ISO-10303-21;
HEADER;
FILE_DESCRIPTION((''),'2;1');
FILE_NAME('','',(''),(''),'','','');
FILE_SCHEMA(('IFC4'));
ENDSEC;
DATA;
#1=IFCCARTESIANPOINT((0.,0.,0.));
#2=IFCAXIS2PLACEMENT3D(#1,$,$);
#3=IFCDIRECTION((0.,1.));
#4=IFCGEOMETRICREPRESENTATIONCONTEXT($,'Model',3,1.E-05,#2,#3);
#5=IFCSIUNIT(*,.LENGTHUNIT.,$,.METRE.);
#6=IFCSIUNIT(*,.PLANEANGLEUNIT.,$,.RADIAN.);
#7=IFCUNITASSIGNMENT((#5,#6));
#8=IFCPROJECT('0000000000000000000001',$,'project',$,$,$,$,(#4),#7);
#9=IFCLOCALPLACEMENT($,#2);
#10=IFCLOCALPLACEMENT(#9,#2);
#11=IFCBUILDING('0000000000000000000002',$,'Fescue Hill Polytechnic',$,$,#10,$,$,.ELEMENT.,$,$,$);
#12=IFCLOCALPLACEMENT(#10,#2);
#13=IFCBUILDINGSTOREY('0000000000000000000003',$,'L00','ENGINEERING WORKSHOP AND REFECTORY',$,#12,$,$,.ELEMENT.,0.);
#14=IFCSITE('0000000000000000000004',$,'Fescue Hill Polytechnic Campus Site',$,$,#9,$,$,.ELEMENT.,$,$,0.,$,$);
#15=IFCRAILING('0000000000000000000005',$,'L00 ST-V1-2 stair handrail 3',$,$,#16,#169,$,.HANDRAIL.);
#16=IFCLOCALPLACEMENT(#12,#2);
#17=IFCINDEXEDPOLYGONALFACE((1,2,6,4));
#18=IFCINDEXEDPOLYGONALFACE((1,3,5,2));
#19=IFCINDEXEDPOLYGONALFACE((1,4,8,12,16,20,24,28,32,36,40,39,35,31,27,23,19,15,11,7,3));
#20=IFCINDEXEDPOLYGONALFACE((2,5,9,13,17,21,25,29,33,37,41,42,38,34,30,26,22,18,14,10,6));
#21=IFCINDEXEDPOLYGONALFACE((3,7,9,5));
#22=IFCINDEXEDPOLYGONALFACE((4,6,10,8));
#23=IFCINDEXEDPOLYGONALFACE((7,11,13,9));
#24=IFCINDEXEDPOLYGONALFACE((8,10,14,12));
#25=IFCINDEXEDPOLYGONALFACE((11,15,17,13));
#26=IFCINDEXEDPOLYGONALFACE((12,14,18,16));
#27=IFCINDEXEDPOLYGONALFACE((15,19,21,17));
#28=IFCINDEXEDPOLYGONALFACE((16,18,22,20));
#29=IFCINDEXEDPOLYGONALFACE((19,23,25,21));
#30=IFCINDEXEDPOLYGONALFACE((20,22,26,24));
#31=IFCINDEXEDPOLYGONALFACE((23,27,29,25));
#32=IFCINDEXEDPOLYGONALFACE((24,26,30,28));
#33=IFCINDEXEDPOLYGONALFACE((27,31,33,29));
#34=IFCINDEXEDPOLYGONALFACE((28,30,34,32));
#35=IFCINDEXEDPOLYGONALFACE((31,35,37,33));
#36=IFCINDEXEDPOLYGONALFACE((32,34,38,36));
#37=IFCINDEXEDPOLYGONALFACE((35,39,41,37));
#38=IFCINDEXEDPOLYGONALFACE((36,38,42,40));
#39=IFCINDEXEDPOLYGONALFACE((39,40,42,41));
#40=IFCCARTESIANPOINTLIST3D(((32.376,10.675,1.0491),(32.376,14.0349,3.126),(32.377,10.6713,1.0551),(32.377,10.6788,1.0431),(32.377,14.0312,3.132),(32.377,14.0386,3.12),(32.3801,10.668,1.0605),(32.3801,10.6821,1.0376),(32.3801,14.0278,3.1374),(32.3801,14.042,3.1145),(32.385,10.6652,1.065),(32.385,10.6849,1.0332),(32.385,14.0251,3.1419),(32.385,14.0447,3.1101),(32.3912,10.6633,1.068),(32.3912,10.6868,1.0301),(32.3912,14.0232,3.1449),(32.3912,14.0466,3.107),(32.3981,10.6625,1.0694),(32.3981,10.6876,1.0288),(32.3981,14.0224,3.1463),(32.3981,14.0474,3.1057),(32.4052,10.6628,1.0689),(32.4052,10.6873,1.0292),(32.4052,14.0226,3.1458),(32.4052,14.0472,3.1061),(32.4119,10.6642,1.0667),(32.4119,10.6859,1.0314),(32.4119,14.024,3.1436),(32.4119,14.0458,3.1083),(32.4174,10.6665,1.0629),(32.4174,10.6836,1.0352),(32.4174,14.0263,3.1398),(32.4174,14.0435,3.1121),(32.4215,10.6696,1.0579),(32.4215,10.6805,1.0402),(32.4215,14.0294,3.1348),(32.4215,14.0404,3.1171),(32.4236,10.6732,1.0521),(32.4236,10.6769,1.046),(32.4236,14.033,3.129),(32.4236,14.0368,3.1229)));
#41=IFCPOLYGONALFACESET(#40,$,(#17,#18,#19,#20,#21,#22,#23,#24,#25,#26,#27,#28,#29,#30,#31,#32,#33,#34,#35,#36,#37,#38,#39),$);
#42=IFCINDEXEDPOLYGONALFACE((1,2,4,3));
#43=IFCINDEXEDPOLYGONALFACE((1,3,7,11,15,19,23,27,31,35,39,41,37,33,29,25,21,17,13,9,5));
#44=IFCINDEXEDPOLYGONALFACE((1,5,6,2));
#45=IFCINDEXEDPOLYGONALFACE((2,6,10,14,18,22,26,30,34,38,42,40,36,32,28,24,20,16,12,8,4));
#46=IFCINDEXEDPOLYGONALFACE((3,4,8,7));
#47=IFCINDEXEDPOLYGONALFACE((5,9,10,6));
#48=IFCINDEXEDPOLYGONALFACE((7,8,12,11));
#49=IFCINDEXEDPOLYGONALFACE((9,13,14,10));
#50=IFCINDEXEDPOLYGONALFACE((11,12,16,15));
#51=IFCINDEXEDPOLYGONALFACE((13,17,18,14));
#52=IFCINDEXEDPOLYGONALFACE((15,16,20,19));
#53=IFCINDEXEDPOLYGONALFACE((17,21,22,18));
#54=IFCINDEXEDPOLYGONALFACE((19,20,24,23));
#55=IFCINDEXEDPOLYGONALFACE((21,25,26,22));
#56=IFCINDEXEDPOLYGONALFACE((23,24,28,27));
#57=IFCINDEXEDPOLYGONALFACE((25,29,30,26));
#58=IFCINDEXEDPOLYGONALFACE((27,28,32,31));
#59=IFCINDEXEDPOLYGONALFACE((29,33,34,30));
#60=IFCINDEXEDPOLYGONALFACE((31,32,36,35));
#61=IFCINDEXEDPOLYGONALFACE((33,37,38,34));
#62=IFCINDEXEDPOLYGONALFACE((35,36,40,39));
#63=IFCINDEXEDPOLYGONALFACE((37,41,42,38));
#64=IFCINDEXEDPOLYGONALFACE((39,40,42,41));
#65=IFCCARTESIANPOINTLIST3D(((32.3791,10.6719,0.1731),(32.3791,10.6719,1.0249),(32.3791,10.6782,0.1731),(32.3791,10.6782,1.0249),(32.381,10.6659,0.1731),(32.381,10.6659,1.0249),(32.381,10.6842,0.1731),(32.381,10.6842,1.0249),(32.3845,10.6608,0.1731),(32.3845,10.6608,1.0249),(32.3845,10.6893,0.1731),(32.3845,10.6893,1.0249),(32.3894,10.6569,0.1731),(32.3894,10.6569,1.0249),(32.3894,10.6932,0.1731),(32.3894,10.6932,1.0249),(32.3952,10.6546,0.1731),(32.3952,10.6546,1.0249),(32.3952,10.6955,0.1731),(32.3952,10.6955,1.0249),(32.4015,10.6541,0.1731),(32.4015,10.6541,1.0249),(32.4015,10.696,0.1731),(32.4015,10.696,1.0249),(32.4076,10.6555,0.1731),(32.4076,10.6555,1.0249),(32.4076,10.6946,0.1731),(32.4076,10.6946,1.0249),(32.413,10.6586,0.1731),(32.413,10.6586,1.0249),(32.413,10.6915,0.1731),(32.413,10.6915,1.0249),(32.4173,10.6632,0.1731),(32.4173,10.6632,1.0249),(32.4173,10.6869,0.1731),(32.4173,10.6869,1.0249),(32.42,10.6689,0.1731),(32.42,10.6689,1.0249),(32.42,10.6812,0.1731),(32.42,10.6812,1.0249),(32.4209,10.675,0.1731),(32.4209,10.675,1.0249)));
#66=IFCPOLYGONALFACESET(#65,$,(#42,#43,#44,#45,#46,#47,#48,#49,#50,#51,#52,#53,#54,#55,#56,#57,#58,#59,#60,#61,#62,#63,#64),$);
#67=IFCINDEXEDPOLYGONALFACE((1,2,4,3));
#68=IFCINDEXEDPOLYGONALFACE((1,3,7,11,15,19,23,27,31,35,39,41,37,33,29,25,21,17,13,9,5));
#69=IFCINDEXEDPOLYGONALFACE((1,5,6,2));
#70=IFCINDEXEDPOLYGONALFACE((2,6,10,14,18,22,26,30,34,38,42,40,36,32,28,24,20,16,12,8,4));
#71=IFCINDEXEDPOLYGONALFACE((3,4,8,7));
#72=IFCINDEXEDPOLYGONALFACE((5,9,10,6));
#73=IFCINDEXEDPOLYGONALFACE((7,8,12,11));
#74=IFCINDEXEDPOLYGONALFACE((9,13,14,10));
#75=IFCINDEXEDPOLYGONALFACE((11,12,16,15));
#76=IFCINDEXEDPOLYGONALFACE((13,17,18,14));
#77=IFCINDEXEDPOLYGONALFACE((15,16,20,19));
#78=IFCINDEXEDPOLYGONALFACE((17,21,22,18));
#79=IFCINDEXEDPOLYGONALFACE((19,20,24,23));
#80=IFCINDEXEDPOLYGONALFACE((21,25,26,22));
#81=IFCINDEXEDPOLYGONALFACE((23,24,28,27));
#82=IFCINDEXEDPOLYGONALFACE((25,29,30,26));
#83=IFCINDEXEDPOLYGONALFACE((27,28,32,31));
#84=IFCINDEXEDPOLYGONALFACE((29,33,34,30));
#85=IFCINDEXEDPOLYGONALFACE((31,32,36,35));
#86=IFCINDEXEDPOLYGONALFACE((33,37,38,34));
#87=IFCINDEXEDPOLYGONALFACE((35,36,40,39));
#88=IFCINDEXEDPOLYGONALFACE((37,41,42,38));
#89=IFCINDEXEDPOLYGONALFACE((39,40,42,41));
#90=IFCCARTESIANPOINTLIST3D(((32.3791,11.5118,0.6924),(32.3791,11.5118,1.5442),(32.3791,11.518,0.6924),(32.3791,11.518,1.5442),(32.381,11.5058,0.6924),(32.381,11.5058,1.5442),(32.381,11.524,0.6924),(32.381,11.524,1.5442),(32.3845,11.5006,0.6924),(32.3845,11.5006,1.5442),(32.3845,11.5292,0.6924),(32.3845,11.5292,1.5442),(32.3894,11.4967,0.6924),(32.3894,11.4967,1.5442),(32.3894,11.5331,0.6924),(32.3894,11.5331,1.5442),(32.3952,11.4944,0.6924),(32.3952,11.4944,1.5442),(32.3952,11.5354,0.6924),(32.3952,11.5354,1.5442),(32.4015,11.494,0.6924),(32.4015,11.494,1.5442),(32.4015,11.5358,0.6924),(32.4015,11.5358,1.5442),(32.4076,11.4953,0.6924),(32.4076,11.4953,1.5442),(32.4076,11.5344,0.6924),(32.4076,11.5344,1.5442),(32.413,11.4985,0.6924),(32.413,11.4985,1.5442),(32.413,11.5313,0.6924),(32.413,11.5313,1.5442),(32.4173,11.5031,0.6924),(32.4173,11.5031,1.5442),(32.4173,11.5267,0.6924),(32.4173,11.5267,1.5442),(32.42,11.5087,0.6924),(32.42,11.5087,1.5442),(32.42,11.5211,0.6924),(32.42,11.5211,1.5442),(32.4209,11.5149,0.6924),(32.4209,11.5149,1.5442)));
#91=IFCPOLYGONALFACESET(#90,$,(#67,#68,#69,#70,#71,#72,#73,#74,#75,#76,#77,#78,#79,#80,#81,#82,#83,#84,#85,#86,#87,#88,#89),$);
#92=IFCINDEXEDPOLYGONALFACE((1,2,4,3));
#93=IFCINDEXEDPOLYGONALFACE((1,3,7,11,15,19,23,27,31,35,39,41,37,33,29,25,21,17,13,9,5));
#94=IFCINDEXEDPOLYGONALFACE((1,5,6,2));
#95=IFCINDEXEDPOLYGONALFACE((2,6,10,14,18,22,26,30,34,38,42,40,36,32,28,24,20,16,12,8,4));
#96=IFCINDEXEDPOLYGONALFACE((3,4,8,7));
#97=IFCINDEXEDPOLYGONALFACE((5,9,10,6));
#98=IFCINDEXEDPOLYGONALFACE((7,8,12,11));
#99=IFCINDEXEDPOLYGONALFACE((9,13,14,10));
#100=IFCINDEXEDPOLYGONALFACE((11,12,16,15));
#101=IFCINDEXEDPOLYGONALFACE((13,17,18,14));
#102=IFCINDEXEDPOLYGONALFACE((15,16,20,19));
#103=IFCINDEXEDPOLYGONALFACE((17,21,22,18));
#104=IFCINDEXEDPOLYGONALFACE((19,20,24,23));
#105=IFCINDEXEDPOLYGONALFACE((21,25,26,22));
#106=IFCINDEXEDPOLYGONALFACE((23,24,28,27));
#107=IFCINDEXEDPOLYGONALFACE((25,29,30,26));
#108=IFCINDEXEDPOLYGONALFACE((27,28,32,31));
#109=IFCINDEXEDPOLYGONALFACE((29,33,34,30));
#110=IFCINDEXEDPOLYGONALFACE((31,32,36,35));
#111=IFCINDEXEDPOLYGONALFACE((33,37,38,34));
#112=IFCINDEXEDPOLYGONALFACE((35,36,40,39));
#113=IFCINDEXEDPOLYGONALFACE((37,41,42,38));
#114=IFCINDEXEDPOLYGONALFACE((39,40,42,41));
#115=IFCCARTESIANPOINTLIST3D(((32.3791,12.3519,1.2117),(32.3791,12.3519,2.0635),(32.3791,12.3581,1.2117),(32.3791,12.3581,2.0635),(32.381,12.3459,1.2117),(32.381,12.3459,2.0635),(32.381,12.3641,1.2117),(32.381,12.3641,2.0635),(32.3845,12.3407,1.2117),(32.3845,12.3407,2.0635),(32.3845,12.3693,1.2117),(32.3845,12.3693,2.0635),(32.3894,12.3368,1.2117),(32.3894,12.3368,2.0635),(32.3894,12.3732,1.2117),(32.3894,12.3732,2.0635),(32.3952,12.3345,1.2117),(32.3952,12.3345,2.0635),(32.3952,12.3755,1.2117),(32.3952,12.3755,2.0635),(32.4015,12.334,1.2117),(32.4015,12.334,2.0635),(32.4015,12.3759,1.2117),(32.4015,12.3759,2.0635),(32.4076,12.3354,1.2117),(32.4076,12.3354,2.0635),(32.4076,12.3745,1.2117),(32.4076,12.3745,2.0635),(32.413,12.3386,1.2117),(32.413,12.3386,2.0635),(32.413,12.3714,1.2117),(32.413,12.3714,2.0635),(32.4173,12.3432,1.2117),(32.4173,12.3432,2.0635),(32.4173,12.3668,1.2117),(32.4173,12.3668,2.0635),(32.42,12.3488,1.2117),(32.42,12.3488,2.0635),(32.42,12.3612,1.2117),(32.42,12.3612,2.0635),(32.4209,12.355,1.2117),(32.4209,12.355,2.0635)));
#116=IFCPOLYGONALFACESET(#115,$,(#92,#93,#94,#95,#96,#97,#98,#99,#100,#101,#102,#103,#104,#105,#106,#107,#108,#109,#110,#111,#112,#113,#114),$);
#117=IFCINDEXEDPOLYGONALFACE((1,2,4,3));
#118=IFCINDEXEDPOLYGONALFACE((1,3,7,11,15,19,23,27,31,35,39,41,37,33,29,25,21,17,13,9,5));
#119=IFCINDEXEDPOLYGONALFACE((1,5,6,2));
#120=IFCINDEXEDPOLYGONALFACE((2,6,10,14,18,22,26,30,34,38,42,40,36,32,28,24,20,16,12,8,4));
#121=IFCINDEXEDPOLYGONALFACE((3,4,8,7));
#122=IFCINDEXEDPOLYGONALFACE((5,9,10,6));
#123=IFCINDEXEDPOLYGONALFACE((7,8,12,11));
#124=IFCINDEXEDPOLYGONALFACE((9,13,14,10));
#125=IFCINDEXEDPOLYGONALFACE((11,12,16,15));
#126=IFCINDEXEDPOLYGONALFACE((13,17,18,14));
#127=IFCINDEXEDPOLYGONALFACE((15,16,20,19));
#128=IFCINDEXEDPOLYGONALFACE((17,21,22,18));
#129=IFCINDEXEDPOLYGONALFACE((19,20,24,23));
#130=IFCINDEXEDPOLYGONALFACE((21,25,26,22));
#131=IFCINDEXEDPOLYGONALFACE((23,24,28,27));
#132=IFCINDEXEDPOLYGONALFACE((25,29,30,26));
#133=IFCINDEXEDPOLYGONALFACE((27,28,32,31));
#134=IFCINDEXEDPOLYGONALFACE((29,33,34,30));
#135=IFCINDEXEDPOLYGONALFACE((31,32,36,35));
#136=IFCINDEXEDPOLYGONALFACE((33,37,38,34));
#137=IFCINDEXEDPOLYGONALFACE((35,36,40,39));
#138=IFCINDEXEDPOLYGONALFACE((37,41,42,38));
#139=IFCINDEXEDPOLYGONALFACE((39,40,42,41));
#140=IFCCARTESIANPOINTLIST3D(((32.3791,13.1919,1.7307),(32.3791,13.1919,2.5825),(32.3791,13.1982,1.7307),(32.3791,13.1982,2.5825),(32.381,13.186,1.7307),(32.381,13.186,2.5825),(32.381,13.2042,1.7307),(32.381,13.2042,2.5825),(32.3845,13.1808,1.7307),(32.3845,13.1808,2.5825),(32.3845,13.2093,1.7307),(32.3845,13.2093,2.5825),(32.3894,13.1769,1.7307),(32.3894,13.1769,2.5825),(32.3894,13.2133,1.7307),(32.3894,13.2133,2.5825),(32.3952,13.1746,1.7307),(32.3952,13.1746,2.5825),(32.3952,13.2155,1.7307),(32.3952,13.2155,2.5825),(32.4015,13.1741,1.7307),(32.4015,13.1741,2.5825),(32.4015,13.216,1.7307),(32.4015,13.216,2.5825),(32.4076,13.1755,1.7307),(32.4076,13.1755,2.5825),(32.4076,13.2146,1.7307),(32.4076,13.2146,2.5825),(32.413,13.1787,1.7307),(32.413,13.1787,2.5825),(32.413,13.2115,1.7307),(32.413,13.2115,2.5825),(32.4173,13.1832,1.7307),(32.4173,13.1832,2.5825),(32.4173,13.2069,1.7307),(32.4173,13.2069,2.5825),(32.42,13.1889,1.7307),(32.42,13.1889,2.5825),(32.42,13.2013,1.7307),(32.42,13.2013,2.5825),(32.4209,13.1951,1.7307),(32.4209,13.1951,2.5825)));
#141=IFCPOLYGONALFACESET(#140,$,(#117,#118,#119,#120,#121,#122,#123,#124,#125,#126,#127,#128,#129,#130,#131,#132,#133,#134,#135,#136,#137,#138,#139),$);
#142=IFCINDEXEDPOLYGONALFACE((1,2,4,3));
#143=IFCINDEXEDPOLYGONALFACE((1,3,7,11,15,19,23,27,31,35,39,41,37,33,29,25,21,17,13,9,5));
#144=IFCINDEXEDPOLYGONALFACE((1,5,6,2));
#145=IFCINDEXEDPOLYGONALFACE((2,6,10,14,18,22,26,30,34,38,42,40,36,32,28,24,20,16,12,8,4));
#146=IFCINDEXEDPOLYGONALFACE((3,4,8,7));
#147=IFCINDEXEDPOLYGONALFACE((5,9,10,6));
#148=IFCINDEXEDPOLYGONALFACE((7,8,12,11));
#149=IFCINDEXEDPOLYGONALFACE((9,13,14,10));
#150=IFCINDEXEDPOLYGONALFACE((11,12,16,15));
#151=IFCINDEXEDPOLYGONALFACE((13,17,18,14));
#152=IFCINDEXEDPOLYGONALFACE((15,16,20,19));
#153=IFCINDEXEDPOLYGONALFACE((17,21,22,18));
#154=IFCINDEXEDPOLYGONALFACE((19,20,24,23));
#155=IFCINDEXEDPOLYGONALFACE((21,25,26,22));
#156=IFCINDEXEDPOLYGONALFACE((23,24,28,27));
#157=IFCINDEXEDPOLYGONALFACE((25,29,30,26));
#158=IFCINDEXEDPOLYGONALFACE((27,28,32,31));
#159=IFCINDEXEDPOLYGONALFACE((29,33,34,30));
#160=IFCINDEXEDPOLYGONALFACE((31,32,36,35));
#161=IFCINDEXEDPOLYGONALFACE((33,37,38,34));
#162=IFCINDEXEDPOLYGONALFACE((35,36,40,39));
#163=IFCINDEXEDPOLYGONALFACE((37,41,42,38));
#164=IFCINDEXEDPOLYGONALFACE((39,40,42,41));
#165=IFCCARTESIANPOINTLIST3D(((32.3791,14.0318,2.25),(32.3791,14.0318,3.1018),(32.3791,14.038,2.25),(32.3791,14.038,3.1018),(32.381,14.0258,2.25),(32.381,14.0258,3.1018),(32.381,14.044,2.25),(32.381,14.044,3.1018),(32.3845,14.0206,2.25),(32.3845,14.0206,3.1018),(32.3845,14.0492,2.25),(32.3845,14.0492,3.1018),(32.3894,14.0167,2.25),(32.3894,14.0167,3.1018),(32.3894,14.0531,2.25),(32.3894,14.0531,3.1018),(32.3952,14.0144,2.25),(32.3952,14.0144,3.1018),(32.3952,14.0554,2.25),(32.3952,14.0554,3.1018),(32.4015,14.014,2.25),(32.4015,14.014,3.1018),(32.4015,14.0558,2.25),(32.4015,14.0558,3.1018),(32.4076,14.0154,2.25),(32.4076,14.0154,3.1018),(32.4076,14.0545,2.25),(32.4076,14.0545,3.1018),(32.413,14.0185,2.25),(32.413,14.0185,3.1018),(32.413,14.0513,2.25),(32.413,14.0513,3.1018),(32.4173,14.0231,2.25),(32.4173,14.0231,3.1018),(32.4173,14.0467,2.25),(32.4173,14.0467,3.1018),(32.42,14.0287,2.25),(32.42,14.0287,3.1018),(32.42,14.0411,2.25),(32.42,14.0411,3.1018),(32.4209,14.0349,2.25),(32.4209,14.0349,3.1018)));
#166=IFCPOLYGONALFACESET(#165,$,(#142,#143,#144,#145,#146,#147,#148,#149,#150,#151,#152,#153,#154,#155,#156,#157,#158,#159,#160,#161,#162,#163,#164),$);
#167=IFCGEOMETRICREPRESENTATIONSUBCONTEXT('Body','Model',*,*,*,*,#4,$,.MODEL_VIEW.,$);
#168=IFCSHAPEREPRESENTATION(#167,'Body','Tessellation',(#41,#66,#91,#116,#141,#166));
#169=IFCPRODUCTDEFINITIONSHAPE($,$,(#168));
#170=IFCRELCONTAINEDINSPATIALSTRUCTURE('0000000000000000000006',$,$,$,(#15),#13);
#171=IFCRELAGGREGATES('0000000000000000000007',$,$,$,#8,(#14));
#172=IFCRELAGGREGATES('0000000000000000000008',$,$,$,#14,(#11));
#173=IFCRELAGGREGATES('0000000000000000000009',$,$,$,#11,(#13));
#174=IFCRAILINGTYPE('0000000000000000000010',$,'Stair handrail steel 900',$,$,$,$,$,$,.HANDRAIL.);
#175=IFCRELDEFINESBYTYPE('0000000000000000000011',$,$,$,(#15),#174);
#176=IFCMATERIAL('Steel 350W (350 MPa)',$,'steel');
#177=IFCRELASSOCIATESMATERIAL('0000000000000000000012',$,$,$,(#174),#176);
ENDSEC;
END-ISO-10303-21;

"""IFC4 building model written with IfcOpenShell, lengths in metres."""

from ifc_helpers import new_model, si_unit, direction, frame, origin, origin_2d, place, context, subcontext, project, spatial, circle, extrude, material, type_object, element, save


model = new_model("IFC4")

# Units and contexts
model_context = context("Model", 3, precision=1e-05, world=origin(), true_north=direction((0.0, 1.0)))
body_context = subcontext(model_context, "Body", "Model", "MODEL_VIEW")
ifc_project = project(units=[si_unit("LENGTHUNIT", "METRE"), si_unit("PLANEANGLEUNIT", "RADIAN")], contexts=[model_context])

# Site, building, storey
site_placement = place(None, origin())
site = spatial("IfcSite", under=ifc_project, at=site_placement, Name="Fescue Hill Polytechnic Campus Site", CompositionType="ELEMENT", RefElevation=0.0)
building_placement = place(site_placement, origin())
building = spatial("IfcBuilding", under=site, at=building_placement, Name="Fescue Hill Polytechnic", CompositionType="ELEMENT")
storey_placement = place(building_placement, origin())
storey = spatial("IfcBuildingStorey", under=building, at=storey_placement, Name="L00", Description="ENGINEERING WORKSHOP AND REFECTORY", CompositionType="ELEMENT", Elevation=0.0)

# Railing
ifc_material_1 = material(Name="Steel 350W (350 MPa)", Category="steel")
railing_type_1 = type_object("IfcRailingType", Name="Stair handrail steel 900", PredefinedType="HANDRAIL", material=ifc_material_1)
railing_1_placement = place(storey_placement, frame((32.3999, 10.675, 0.1731)))
element("IfcRailing", 1, at=railing_1_placement, inside=storey, type_object=railing_type_1, Name="L00 ST-V1-2 stair handrail 3", PredefinedType="HANDRAIL", context=body_context, shape_type="SweptSolid", body=[
    extrude(circle(Radius=0.0239, at=origin_2d()), frame((0.0, 0.0, 0.876), z_axis=(0.0, 0.850606, 0.525803), x_axis=(-1.0, 0.0, 0.0)), (0.0, 0.0, 1.0), 3.95),
    extrude(circle(Radius=0.021, at=origin_2d()), origin(), (0.0, 0.0, 1.0), 0.8518),
    extrude(circle(Radius=0.021, at=origin_2d()), frame((0.0, 0.8398, 0.5193)), (0.0, 0.0, 1.0), 0.8518),
    extrude(circle(Radius=0.021, at=origin_2d()), frame((0.0, 1.6799, 1.0386)), (0.0, 0.0, 1.0), 0.8518),
    extrude(circle(Radius=0.021, at=origin_2d()), frame((0.0, 2.52, 1.5576)), (0.0, 0.0, 1.0), 0.8518),
    extrude(circle(Radius=0.021, at=origin_2d()), frame((0.0, 3.3599, 2.0769)), (0.0, 0.0, 1.0), 0.8518),
])

save(model, "model.ifc")
